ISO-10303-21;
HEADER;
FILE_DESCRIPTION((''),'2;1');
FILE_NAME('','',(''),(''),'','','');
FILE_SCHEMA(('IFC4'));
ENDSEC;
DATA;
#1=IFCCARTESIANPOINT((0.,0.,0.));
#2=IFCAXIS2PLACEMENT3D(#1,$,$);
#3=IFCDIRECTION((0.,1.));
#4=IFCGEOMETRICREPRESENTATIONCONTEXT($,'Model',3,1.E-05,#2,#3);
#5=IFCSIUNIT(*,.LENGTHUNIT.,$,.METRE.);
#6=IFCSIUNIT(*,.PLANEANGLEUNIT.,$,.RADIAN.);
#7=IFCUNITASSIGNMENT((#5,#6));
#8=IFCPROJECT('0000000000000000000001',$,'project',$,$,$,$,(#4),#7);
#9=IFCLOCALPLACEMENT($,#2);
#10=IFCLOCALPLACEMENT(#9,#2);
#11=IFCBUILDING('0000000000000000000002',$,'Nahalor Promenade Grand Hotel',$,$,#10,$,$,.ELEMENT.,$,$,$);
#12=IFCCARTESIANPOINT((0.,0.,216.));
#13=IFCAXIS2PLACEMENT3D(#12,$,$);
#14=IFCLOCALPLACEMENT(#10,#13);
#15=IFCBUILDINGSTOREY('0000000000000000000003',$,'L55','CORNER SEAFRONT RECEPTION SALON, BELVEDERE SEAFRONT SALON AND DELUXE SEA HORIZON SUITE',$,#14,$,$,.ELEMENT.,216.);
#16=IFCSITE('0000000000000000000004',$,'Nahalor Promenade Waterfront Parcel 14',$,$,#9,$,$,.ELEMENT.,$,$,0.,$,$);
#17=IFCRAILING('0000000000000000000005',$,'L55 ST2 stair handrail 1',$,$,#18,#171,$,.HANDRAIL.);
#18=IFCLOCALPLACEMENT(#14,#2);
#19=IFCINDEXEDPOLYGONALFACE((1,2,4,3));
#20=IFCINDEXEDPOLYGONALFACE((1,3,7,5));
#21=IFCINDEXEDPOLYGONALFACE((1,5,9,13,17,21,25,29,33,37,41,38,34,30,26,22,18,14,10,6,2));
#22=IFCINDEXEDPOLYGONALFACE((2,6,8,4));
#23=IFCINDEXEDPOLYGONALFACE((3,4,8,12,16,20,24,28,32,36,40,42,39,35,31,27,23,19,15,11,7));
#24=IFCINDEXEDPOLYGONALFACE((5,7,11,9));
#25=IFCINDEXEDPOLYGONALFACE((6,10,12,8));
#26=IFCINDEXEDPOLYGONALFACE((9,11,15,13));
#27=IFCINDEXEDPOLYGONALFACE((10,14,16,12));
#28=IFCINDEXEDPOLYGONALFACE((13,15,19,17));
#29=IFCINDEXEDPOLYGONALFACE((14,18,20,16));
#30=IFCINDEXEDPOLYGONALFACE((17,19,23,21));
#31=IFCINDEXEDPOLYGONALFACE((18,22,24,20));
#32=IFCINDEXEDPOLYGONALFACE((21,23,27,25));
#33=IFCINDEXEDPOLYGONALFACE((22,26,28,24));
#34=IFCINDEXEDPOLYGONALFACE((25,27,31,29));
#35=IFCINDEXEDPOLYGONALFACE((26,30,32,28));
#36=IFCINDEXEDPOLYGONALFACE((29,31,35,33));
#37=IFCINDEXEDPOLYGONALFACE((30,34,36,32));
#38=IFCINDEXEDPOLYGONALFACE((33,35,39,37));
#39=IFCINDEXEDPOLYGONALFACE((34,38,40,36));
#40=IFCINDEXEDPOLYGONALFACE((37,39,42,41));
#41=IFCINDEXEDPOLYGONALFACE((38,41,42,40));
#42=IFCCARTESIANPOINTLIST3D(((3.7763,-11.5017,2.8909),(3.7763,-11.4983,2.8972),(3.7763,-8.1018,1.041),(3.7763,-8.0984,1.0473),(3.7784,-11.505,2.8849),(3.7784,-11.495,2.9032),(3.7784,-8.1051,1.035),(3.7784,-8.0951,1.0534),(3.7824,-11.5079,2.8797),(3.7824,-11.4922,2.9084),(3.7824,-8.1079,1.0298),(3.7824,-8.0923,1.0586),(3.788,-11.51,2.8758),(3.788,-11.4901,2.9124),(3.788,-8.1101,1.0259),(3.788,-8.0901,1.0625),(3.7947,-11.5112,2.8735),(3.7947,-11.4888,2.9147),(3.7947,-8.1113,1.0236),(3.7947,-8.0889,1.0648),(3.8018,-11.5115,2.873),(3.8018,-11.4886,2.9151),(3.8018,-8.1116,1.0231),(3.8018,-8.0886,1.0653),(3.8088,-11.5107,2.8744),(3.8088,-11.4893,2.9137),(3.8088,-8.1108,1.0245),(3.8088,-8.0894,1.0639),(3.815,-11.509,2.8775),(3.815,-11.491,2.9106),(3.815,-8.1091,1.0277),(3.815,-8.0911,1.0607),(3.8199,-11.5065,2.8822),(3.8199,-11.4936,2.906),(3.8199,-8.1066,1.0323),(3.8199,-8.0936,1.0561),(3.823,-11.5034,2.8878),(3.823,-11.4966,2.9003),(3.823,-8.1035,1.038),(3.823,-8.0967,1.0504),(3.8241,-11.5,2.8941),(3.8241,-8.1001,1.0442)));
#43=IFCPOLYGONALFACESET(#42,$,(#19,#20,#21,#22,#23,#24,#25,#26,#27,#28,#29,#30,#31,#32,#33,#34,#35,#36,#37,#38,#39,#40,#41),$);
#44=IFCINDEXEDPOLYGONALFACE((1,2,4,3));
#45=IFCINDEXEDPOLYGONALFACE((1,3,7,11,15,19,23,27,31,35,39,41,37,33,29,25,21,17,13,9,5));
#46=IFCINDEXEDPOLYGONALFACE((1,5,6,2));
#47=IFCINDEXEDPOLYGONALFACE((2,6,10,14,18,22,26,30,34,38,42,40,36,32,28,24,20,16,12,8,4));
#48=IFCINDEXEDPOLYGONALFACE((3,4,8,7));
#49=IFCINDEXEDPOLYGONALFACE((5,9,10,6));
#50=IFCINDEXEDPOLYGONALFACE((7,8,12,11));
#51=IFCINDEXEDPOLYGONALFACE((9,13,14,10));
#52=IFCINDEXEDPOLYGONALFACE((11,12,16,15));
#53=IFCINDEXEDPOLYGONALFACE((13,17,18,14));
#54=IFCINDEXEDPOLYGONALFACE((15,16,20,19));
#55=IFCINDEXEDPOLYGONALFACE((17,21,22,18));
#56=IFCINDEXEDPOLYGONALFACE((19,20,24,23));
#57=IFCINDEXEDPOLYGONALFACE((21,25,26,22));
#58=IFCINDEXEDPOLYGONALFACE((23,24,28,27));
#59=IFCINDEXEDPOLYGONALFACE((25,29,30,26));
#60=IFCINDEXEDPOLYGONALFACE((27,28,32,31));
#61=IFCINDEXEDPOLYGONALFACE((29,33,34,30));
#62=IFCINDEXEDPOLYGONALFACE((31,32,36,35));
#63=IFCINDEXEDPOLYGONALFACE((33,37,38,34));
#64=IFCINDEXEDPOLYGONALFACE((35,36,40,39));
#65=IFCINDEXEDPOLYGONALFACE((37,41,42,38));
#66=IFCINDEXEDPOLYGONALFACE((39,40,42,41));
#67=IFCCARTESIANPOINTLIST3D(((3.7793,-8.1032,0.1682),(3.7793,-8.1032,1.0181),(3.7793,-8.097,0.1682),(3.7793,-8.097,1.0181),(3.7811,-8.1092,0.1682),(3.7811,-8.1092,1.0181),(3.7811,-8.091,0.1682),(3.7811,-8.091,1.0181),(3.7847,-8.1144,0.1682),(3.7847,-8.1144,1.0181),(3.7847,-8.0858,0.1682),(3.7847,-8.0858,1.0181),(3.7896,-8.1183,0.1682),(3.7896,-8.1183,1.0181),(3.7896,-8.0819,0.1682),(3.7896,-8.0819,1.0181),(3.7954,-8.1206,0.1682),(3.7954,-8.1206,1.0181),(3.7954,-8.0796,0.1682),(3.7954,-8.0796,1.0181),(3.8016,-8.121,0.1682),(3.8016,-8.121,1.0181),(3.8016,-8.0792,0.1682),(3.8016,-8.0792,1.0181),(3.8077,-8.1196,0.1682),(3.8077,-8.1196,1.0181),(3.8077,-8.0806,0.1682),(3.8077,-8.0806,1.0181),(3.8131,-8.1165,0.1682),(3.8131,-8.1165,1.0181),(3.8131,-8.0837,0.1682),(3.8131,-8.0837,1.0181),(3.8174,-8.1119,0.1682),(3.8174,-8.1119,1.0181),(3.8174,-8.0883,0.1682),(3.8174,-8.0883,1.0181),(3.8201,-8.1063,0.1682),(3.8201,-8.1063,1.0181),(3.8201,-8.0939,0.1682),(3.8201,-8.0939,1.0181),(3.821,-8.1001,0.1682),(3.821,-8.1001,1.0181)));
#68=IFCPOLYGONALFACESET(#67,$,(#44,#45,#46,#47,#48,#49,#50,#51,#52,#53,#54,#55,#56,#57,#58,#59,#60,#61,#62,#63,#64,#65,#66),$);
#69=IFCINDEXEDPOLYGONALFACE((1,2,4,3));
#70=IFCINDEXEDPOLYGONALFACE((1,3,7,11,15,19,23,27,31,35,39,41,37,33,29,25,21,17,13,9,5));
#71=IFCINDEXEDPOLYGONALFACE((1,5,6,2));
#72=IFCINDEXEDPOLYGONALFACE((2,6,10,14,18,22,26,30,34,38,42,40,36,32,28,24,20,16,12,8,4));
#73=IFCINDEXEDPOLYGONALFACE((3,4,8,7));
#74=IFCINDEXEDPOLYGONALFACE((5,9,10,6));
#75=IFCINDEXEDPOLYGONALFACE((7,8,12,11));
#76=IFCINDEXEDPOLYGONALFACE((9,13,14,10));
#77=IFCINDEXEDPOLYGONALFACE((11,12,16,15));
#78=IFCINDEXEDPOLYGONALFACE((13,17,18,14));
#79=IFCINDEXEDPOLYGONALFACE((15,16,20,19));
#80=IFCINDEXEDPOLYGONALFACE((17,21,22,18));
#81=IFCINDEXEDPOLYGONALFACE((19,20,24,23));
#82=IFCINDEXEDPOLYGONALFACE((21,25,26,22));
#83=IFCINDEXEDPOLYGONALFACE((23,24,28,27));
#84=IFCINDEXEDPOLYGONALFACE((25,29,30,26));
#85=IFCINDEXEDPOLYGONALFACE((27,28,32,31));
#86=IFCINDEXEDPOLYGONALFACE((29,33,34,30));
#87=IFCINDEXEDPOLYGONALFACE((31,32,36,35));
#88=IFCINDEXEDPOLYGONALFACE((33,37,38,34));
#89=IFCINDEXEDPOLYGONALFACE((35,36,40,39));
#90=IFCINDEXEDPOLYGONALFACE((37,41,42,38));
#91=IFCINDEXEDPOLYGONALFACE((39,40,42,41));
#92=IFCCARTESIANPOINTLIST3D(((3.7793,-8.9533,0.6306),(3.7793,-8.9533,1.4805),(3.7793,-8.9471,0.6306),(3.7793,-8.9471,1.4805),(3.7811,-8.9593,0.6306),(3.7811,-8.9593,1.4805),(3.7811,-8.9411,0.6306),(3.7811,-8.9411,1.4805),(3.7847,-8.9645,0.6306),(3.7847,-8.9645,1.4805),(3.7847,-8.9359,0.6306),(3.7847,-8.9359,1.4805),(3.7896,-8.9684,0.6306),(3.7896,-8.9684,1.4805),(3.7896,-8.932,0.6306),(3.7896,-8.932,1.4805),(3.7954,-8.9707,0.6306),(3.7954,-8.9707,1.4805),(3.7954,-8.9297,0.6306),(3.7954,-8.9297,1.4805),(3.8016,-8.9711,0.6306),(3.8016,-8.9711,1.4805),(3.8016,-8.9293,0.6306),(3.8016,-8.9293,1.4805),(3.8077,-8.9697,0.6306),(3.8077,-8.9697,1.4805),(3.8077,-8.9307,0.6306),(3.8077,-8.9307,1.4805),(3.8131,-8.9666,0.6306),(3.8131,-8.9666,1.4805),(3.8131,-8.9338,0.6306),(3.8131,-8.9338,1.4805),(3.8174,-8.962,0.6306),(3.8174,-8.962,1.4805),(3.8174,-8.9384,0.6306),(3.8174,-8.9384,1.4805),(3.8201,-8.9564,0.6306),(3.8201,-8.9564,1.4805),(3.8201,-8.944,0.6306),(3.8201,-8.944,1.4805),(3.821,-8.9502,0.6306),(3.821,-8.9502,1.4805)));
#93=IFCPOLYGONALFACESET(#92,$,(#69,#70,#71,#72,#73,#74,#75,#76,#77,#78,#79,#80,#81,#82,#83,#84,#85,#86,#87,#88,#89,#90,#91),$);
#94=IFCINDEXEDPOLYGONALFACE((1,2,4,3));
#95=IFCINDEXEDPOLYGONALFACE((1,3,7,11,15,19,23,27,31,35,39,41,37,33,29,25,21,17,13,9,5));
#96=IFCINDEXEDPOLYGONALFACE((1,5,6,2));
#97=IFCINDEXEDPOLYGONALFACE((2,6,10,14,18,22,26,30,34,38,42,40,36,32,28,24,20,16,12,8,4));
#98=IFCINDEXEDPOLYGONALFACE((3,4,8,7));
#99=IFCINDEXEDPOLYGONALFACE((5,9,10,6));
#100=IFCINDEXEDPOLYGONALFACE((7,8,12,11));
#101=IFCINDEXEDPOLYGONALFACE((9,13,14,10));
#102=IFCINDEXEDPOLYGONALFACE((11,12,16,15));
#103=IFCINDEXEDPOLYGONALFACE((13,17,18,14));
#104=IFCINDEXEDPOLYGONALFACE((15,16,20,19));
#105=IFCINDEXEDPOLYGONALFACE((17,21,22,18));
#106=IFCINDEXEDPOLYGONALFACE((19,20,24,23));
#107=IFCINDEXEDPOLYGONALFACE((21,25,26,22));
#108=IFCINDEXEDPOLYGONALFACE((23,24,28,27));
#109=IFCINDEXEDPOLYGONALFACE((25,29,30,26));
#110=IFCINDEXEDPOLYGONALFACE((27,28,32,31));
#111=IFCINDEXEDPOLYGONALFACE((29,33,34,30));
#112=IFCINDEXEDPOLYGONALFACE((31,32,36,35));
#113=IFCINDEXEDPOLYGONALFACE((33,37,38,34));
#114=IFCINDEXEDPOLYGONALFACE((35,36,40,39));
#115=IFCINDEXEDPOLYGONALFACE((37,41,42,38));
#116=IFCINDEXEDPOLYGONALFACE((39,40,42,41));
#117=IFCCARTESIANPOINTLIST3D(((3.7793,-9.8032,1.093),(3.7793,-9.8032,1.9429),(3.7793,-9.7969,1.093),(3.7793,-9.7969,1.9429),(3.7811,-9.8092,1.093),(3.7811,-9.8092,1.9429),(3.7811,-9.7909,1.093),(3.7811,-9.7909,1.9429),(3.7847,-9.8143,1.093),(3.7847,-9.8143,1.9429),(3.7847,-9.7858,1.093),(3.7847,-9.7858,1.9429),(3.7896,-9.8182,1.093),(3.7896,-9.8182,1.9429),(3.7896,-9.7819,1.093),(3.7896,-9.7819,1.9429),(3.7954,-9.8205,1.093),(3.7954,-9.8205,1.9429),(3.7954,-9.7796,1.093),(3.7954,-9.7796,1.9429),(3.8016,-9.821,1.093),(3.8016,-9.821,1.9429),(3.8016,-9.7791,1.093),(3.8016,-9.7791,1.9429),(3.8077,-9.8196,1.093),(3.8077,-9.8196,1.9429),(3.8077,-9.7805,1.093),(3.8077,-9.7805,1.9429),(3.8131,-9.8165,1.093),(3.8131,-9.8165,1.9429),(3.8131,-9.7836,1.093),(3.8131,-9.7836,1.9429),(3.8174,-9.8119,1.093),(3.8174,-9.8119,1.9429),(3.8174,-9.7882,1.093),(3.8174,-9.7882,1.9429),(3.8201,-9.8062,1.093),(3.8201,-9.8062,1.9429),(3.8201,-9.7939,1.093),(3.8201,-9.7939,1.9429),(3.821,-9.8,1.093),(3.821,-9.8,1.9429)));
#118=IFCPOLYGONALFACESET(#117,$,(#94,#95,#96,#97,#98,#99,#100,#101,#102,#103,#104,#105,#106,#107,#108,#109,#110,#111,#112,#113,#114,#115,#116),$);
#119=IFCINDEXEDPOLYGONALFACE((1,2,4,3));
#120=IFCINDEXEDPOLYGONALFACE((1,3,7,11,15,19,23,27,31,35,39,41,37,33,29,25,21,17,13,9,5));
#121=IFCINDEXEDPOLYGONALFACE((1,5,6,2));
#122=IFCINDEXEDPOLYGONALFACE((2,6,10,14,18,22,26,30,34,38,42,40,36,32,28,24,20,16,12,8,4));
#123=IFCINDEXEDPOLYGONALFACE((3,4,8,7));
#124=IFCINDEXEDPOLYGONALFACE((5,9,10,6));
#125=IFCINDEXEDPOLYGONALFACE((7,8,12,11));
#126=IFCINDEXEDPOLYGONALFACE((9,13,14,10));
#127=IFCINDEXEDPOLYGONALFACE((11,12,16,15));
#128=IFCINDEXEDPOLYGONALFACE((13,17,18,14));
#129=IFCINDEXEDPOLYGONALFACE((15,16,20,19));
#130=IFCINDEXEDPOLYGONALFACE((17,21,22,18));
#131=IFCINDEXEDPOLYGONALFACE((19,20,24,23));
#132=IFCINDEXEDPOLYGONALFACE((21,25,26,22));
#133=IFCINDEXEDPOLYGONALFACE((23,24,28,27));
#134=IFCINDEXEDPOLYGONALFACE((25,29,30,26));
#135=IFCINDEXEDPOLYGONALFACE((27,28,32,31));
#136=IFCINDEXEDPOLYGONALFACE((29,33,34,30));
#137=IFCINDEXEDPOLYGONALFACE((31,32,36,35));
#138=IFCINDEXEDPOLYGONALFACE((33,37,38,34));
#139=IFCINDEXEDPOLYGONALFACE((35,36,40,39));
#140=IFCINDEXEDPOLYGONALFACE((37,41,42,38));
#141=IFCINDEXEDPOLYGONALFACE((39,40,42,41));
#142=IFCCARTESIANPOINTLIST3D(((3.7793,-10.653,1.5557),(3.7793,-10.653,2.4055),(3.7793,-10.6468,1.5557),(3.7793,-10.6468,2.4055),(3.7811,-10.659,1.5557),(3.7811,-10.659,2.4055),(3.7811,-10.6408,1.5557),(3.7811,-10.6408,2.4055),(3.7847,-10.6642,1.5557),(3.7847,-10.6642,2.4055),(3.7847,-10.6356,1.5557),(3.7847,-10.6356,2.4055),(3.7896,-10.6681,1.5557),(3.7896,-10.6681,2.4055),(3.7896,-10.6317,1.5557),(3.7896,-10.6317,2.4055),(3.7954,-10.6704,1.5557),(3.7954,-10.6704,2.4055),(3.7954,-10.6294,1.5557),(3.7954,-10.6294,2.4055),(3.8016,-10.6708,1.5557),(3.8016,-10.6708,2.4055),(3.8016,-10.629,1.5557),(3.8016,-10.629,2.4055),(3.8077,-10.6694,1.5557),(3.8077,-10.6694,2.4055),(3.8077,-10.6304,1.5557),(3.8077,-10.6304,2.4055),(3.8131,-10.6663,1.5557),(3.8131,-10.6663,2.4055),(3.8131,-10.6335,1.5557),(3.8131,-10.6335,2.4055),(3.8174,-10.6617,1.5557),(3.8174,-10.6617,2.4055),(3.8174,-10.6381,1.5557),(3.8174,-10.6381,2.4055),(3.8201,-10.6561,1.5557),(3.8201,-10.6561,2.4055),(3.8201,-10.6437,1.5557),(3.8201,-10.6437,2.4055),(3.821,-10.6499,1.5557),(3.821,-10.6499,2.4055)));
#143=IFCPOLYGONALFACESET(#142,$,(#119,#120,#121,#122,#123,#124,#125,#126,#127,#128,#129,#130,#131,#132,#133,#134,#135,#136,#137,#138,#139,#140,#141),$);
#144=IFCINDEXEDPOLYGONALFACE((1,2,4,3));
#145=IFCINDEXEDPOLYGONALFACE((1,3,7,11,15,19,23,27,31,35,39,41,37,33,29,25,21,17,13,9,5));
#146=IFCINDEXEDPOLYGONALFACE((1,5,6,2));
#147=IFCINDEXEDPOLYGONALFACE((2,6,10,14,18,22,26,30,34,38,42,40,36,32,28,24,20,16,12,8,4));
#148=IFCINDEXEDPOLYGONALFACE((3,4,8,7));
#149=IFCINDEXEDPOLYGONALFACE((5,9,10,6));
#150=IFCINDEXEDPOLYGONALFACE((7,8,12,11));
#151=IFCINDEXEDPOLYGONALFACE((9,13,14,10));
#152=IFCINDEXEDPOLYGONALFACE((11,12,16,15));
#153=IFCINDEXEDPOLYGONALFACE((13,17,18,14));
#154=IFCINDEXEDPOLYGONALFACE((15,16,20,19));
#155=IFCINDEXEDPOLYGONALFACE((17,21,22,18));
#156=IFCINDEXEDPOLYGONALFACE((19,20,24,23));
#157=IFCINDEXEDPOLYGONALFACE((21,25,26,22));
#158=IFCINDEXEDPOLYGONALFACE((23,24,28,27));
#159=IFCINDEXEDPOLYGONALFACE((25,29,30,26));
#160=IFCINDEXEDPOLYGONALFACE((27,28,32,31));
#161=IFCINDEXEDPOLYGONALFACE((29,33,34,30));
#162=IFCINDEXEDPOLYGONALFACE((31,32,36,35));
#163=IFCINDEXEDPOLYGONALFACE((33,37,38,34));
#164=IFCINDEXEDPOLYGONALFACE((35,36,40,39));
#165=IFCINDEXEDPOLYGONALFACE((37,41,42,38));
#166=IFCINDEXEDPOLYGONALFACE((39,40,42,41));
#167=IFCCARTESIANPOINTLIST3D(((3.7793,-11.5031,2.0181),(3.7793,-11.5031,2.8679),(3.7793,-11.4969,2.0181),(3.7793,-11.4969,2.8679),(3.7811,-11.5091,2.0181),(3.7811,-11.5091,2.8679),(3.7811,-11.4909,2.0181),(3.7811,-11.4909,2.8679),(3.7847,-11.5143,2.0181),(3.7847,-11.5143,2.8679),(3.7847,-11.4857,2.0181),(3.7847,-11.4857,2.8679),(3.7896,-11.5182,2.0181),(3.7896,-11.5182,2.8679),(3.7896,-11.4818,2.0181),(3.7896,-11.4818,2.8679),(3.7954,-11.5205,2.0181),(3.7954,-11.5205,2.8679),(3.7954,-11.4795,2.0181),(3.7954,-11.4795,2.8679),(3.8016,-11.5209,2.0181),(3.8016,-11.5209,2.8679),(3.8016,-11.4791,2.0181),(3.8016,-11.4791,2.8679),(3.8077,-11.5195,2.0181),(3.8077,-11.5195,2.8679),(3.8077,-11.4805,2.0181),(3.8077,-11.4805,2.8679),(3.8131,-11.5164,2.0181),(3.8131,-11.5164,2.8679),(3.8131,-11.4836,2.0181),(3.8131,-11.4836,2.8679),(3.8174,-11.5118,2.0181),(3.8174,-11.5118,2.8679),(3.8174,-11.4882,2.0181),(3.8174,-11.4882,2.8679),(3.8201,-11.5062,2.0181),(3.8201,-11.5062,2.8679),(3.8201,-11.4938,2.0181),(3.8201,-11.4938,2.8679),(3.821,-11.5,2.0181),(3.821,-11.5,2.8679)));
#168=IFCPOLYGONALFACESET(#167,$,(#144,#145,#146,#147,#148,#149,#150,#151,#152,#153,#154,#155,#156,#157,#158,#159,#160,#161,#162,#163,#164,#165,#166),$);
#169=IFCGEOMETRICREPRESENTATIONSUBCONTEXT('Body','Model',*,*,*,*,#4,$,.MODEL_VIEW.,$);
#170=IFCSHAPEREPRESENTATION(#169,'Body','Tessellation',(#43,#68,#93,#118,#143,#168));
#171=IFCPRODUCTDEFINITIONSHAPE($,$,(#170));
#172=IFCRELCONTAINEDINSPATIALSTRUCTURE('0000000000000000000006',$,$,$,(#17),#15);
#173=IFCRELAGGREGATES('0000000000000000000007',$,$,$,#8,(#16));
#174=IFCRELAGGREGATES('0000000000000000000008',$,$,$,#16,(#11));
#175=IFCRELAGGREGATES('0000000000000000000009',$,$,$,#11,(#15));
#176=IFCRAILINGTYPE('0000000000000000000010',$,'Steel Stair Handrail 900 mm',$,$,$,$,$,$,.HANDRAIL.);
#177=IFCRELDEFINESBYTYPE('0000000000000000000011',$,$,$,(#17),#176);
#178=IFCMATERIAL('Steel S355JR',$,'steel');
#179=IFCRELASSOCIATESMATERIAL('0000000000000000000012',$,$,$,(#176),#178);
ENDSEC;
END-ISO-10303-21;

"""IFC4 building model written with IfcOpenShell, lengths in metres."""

from ifc_helpers import new_model, si_unit, direction, frame, origin, origin_2d, place, context, subcontext, project, spatial, circle, extrude, material, type_object, element, save


model = new_model("IFC4")

# Units and contexts
model_context = context("Model", 3, precision=1e-05, world=origin(), true_north=direction((0.0, 1.0)))
body_context = subcontext(model_context, "Body", "Model", "MODEL_VIEW")
ifc_project = project(units=[si_unit("LENGTHUNIT", "METRE"), si_unit("PLANEANGLEUNIT", "RADIAN")], contexts=[model_context])

# Site, building, storey
site_placement = place(None, origin())
site = spatial("IfcSite", under=ifc_project, at=site_placement, Name="Nahalor Promenade Waterfront Parcel 14", CompositionType="ELEMENT", RefElevation=0.0)
building_placement = place(site_placement, origin())
building = spatial("IfcBuilding", under=site, at=building_placement, Name="Nahalor Promenade Grand Hotel", CompositionType="ELEMENT")
storey_placement = place(building_placement, frame((0.0, 0.0, 216.0)))
storey = spatial("IfcBuildingStorey", under=building, at=storey_placement, Name="L55", Description="CORNER SEAFRONT RECEPTION SALON, BELVEDERE SEAFRONT SALON AND DELUXE SEA HORIZON SUITE", CompositionType="ELEMENT", Elevation=216.0)

# Shared definitions
ifc_material_1 = material(Name="Steel S355JR", Category="steel")

# Railing
railing_type_1 = type_object("IfcRailingType", Name="Steel Stair Handrail 900 mm", PredefinedType="HANDRAIL", material=ifc_material_1)
railing_1_placement = place(storey_placement, frame((3.8, -8.1001, 0.1682)))
element("IfcRailing", 1, at=railing_1_placement, inside=storey, type_object=railing_type_1, Name="L55 ST2 stair handrail 1", PredefinedType="HANDRAIL", context=body_context, shape_type="SweptSolid", body=[
    extrude(circle(Radius=0.024, at=origin_2d()), frame((0.0, 0.0, 0.876), z_axis=(0.0, -0.878399, 0.477928), x_axis=(1.0, 0.0, 0.0)), (0.0, 0.0, 1.0), 3.8706),
    extrude(circle(Radius=0.021, at=origin_2d()), origin(), (0.0, 0.0, 1.0), 0.8499),
    extrude(circle(Radius=0.021, at=origin_2d()), frame((0.0, -0.8501, 0.4624)), (0.0, 0.0, 1.0), 0.8499),
    extrude(circle(Radius=0.021, at=origin_2d()), frame((0.0, -1.7, 0.9248)), (0.0, 0.0, 1.0), 0.8499),
    extrude(circle(Radius=0.021, at=origin_2d()), frame((0.0, -2.5498, 1.3875)), (0.0, 0.0, 1.0), 0.8499),
    extrude(circle(Radius=0.021, at=origin_2d()), frame((0.0, -3.3999, 1.8499)), (0.0, 0.0, 1.0), 0.8499),
])

save(model, "model.ifc")
